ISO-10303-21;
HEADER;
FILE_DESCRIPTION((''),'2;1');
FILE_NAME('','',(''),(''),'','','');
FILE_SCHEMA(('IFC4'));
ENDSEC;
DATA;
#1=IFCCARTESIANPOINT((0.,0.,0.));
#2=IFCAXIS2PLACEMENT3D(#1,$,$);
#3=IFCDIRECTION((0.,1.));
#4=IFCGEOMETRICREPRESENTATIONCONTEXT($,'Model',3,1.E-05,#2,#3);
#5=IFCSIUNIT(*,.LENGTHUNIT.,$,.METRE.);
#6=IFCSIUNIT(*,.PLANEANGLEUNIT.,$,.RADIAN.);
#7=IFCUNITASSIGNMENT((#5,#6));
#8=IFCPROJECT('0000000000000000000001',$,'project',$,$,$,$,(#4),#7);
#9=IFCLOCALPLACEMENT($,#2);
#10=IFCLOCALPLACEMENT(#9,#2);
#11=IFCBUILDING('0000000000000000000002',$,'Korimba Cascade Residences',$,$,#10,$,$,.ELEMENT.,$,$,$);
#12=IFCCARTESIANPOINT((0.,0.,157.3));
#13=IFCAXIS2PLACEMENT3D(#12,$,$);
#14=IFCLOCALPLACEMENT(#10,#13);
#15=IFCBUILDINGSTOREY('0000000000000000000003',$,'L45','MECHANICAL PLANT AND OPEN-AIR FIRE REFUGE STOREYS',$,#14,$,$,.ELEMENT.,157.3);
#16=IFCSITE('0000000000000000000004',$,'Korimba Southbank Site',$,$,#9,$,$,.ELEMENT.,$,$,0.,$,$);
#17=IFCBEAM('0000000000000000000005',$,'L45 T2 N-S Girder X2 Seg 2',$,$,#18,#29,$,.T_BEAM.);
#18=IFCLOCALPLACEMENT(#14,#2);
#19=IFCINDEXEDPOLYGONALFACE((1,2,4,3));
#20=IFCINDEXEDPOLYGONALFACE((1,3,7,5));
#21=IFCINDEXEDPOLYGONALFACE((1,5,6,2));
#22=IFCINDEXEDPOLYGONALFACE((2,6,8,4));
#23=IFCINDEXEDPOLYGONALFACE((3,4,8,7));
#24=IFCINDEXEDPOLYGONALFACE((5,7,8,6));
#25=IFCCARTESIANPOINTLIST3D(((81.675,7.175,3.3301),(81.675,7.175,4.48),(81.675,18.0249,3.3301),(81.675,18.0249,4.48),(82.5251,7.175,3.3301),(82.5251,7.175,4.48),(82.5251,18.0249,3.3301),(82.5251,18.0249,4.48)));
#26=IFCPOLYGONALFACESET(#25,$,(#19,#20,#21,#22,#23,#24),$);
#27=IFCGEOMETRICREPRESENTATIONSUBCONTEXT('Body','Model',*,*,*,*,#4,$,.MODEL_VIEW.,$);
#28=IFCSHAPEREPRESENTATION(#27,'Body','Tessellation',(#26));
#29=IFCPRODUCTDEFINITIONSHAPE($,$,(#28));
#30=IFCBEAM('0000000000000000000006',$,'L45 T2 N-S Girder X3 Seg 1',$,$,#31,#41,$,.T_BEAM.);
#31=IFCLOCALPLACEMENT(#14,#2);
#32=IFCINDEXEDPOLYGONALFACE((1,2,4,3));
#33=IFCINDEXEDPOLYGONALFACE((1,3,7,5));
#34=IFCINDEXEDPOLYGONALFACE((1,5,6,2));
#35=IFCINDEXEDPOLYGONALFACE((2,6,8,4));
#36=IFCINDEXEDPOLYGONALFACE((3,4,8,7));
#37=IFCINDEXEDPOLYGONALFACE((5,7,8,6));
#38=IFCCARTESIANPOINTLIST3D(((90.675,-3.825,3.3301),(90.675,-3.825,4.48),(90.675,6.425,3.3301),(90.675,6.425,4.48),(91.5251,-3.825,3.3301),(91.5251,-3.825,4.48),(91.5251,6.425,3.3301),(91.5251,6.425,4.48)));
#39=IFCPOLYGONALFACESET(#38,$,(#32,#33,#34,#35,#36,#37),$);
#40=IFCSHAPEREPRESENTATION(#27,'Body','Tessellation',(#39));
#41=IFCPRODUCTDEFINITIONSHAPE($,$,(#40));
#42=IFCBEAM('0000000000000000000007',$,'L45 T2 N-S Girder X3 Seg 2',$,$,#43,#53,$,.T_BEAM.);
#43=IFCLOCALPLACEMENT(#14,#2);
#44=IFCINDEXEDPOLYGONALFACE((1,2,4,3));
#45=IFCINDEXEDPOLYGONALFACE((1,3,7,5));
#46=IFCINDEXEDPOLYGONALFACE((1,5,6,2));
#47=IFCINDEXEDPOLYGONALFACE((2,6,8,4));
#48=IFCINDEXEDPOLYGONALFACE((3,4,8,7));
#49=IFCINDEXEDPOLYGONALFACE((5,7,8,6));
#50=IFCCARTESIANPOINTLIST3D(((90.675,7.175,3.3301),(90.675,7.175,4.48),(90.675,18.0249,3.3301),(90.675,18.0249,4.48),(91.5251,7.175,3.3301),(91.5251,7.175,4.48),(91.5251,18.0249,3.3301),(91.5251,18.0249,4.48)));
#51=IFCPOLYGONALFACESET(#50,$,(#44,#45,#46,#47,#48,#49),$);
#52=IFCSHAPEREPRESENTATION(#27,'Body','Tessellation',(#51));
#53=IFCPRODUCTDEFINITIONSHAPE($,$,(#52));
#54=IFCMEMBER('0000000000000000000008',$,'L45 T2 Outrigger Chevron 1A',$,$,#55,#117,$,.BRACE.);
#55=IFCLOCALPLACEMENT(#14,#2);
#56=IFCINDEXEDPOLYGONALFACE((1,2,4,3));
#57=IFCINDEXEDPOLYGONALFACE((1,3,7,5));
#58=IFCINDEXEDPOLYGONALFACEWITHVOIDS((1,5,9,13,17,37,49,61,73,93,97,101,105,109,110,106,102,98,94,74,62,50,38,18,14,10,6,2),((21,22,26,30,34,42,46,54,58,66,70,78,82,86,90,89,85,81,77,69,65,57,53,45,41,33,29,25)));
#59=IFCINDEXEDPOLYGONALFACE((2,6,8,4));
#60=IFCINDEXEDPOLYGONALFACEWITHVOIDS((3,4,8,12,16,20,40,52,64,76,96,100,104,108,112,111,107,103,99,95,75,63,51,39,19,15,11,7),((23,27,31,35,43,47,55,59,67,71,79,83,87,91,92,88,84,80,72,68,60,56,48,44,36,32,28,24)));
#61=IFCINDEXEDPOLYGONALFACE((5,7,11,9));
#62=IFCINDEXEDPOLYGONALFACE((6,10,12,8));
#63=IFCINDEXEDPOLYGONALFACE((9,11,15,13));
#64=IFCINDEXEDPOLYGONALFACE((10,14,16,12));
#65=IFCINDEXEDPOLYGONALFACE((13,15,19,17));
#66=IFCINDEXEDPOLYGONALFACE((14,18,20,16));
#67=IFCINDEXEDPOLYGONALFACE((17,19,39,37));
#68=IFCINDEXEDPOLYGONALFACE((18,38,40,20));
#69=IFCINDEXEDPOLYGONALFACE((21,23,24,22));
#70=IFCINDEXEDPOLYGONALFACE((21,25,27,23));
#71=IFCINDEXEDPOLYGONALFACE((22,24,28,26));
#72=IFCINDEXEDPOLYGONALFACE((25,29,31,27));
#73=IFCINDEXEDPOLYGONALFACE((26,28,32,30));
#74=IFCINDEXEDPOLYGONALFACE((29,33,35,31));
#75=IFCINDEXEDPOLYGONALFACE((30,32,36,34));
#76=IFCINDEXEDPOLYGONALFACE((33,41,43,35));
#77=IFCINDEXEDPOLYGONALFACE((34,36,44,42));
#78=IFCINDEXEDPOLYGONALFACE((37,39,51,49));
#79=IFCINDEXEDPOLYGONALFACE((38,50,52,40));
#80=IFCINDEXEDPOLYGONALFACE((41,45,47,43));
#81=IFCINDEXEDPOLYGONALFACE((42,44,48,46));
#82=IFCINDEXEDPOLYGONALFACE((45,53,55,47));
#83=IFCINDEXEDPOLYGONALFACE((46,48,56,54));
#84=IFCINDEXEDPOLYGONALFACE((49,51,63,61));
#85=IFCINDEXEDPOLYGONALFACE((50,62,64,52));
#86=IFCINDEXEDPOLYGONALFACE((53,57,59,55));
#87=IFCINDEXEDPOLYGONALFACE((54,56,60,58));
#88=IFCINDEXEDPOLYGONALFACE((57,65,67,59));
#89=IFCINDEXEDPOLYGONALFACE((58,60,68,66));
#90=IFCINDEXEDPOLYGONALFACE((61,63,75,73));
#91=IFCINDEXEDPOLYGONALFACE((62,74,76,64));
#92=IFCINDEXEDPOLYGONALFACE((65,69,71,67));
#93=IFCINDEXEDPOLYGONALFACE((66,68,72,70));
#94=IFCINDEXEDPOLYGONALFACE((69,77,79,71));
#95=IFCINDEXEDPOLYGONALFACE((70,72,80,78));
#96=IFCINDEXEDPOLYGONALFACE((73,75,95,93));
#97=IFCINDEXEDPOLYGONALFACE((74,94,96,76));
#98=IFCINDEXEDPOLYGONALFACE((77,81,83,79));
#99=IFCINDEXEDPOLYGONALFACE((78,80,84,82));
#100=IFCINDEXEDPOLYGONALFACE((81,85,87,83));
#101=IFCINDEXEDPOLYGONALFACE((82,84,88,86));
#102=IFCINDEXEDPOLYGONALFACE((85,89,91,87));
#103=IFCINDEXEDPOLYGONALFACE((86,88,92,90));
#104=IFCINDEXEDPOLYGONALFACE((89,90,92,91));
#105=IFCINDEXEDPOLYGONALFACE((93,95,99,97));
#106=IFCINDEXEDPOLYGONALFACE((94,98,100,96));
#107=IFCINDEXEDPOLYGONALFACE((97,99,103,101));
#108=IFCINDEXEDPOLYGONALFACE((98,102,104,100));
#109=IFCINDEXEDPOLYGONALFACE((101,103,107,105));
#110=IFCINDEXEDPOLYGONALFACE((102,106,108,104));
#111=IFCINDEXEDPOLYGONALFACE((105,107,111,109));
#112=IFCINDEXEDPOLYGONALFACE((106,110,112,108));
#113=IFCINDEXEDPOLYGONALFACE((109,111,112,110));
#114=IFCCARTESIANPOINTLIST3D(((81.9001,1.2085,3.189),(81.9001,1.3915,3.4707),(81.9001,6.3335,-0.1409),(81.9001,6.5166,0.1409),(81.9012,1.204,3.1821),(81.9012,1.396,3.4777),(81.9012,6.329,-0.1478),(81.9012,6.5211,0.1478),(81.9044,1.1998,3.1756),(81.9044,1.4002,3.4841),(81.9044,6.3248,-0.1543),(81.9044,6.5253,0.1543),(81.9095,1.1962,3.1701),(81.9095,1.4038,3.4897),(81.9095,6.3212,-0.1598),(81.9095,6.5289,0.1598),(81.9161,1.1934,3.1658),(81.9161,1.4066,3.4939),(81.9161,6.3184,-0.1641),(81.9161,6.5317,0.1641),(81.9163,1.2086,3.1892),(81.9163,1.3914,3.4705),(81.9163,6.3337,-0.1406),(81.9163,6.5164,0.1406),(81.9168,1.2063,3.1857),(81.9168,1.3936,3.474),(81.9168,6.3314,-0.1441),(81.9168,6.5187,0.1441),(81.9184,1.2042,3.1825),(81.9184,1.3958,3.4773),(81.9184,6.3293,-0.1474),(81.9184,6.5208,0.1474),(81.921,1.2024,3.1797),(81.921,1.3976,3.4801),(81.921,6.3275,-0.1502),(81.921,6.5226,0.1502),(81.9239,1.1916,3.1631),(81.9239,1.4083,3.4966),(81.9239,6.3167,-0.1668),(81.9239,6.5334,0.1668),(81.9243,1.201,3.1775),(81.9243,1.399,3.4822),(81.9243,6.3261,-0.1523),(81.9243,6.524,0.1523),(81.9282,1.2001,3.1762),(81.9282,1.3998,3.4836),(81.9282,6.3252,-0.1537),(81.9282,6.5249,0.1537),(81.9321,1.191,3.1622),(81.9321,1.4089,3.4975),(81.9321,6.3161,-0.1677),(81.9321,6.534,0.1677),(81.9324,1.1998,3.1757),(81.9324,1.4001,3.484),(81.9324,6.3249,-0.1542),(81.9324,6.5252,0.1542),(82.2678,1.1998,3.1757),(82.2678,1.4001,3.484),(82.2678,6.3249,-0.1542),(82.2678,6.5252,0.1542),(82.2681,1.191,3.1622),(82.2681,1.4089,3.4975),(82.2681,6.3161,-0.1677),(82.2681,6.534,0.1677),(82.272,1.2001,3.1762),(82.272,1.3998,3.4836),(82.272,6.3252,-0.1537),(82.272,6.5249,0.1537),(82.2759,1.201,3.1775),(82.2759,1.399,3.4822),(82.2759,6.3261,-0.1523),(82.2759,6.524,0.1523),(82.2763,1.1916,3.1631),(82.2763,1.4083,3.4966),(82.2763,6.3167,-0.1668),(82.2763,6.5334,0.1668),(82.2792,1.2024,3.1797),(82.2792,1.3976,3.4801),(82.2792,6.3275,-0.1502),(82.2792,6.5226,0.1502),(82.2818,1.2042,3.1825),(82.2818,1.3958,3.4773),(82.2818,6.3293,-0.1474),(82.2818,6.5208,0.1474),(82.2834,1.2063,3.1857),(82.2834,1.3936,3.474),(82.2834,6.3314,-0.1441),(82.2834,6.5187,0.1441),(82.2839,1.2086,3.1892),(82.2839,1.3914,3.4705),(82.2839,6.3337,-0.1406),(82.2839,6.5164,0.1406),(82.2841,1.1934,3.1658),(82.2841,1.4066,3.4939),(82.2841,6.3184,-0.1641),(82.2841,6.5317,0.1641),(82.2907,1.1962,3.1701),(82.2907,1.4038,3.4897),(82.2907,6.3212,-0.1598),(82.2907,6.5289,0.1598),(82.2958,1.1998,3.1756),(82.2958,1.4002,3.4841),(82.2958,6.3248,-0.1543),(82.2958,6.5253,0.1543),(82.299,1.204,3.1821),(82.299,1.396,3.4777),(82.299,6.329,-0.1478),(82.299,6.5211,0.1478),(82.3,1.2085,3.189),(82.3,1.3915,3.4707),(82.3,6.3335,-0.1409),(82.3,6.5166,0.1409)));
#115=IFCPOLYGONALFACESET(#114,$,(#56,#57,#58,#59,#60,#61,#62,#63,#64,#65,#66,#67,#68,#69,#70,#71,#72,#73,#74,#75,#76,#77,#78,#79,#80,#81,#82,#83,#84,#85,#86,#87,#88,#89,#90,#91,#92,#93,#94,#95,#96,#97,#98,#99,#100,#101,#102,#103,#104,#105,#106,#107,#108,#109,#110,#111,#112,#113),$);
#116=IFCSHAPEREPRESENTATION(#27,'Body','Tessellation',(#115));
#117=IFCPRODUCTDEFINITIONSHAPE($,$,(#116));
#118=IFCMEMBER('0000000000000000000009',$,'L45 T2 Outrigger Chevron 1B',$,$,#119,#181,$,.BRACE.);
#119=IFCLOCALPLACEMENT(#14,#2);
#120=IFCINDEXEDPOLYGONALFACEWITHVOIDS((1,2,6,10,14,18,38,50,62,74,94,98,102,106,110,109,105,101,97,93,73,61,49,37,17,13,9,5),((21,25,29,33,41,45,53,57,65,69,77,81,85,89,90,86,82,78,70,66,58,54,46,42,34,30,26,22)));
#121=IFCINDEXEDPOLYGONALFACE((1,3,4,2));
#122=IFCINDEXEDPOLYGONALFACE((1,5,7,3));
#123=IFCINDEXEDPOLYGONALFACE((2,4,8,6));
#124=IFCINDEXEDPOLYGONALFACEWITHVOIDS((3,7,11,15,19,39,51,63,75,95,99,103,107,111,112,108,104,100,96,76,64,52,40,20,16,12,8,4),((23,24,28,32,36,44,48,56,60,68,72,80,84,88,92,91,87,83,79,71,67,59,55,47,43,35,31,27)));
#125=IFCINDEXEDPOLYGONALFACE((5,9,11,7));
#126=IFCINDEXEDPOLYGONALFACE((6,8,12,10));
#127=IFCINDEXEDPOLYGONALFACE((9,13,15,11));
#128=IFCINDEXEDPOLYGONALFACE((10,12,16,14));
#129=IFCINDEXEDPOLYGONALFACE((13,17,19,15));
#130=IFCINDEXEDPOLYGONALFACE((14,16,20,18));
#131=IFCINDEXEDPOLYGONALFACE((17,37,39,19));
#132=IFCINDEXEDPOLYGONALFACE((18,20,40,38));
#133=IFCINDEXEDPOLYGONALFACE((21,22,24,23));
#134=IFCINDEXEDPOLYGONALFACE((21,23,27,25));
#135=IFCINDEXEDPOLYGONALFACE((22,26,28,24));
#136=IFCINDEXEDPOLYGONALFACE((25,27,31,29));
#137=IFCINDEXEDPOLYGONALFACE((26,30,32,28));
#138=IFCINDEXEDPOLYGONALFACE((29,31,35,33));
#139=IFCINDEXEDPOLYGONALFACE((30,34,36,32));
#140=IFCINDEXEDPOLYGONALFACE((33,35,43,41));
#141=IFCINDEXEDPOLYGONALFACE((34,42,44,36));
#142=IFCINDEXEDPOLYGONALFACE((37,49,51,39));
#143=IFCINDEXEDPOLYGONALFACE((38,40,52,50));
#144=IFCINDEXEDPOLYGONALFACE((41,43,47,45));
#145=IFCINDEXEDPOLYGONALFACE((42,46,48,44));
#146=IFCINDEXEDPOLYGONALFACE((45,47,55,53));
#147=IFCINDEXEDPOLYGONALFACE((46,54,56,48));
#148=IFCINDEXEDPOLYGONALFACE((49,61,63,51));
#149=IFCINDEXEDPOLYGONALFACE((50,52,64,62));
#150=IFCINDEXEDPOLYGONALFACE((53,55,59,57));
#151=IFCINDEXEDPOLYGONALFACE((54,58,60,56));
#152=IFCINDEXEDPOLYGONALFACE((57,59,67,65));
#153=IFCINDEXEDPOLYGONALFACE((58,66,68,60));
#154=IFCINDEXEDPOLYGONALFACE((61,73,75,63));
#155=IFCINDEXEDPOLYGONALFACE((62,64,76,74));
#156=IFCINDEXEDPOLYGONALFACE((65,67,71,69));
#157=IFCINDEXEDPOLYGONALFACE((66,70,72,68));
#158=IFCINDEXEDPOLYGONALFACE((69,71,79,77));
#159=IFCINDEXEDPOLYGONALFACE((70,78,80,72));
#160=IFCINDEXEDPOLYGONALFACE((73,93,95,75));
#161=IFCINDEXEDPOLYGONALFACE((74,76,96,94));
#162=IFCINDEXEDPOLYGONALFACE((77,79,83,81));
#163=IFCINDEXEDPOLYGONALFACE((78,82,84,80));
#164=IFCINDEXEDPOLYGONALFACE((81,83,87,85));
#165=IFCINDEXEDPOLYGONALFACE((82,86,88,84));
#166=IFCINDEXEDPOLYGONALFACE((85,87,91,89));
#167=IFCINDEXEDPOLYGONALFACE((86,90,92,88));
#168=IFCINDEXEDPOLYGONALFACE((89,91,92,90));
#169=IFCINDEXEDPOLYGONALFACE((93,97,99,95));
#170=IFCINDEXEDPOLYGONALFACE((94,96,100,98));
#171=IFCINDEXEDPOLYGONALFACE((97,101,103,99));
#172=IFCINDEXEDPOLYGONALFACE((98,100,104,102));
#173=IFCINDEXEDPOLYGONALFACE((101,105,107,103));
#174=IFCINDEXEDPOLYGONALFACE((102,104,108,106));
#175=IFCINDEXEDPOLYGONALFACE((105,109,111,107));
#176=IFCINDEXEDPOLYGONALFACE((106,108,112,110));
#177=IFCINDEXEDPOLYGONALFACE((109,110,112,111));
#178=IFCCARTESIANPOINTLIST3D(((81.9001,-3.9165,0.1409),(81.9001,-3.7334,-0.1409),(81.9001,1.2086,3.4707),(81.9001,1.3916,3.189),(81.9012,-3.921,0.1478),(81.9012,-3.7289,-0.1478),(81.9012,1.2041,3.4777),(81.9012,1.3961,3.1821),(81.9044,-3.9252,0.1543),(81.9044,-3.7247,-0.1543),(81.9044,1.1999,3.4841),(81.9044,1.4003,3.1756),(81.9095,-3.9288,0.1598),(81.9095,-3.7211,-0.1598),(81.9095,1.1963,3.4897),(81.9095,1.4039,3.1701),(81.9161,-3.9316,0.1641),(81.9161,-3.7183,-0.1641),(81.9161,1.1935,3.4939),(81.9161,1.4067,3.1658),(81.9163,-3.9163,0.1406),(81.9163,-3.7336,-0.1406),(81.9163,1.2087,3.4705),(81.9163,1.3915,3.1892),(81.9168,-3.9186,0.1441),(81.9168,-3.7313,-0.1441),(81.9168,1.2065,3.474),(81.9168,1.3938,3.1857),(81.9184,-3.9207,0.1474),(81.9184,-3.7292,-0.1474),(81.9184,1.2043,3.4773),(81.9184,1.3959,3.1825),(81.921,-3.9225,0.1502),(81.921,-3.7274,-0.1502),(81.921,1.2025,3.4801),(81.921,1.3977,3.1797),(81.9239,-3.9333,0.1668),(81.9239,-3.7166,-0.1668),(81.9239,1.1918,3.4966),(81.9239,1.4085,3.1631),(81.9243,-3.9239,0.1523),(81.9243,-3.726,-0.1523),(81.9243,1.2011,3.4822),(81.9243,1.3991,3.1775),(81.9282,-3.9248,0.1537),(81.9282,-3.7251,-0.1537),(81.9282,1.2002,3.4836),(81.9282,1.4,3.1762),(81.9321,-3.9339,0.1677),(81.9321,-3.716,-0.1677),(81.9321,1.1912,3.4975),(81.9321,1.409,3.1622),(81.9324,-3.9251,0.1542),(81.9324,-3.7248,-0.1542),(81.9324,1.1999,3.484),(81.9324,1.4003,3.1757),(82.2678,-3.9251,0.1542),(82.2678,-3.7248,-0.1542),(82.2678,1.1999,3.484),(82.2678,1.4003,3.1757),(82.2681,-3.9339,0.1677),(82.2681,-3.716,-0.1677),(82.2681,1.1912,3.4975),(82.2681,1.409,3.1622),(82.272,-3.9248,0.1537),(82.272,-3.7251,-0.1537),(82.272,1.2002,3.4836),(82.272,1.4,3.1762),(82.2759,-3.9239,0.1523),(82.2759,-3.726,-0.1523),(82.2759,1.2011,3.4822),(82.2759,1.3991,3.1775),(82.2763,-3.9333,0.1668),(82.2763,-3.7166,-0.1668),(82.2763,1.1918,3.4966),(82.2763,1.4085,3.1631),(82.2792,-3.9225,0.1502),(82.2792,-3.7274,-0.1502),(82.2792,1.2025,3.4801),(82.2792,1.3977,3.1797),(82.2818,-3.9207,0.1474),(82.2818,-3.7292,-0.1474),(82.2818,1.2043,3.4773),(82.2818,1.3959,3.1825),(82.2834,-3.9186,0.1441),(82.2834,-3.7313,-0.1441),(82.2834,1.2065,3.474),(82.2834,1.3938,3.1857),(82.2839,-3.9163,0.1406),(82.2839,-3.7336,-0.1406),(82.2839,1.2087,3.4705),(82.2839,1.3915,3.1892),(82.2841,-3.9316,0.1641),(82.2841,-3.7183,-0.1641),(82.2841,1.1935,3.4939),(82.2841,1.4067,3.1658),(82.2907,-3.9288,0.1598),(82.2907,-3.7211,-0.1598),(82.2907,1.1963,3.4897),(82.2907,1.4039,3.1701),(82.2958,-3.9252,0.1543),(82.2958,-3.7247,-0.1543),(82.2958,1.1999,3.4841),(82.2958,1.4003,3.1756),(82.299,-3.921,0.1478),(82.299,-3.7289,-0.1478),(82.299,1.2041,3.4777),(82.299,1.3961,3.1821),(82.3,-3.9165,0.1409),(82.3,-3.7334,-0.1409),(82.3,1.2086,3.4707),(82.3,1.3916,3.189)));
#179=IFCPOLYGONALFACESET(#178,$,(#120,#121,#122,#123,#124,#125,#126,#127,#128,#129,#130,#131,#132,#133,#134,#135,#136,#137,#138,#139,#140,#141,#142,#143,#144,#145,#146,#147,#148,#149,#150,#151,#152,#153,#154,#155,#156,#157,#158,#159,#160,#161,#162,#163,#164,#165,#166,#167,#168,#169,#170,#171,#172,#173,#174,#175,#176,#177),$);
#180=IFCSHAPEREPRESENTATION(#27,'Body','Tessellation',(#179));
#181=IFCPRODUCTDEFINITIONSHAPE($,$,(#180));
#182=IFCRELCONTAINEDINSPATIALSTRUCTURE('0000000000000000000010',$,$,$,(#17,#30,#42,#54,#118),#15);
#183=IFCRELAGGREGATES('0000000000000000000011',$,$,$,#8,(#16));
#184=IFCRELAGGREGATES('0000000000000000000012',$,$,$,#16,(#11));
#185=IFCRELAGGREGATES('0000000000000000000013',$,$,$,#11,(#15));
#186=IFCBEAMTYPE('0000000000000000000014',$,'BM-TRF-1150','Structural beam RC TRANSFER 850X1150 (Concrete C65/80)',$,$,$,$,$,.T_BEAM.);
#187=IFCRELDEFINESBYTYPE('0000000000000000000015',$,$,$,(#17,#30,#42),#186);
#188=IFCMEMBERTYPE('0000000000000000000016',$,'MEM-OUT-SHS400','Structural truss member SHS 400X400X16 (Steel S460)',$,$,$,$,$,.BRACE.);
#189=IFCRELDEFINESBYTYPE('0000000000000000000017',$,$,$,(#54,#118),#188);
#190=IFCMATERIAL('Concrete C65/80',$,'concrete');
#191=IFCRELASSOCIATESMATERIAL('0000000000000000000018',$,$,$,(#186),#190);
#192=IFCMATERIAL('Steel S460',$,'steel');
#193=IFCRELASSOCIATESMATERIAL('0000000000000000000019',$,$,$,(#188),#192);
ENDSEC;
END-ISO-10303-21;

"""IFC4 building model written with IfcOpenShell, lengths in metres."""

from ifc_helpers import new_model, si_unit, direction, frame, origin, origin_2d, place, context, subcontext, project, spatial, rectangle, hollow_rectangle, extrude, material, material_profile, profile_set, type_object, element, save


model = new_model("IFC4")

# Units and contexts
model_context = context("Model", 3, precision=1e-05, world=origin(), true_north=direction((0.0, 1.0)))
body_context = subcontext(model_context, "Body", "Model", "MODEL_VIEW")
ifc_project = project(units=[si_unit("LENGTHUNIT", "METRE"), si_unit("PLANEANGLEUNIT", "RADIAN")], contexts=[model_context])

# Site, building, storey
site_placement = place(None, origin())
site = spatial("IfcSite", under=ifc_project, at=site_placement, Name="Korimba Southbank Site", CompositionType="ELEMENT", RefElevation=0.0)
building_placement = place(site_placement, origin())
building = spatial("IfcBuilding", under=site, at=building_placement, Name="Korimba Cascade Residences", CompositionType="ELEMENT")
storey_placement = place(building_placement, frame((0.0, 0.0, 157.3)))
storey = spatial("IfcBuildingStorey", under=building, at=storey_placement, Name="L45", Description="MECHANICAL PLANT AND OPEN-AIR FIRE REFUGE STOREYS", CompositionType="ELEMENT", Elevation=157.3)

# Shared definitions
ifc_material_1 = material(Name="Concrete C65/80", Category="concrete")

# Beams
ifc_material_profile_1 = material_profile(ifc_material_1, rectangle(XDim=0.8501, YDim=1.1499, at=origin_2d()), Name="Concrete C65/80")
ifc_profile_set_1 = profile_set([ifc_material_profile_1], Name="Concrete C65/80")
beam_type_1 = type_object("IfcBeamType", Name="BM-TRF-1150", Description="Structural beam RC TRANSFER 850X1150 (Concrete C65/80)", PredefinedType="T_BEAM", material=ifc_profile_set_1)
beam_1_placement = place(storey_placement, frame((82.1001, 7.175, 3.905), z_axis=(0.0, 1.0, 0.0), x_axis=(-1.0, 0.0, 0.0)))
element("IfcBeam", 1, at=beam_1_placement, inside=storey, type_object=beam_type_1, Name="L45 T2 N-S Girder X2 Seg 2", PredefinedType="T_BEAM", context=body_context, shape_type="SweptSolid", body=[
    extrude(rectangle(XDim=0.8501, YDim=1.1499, at=origin_2d()), origin(), (0.0, 0.0, 1.0), 10.8499),
])
beam_2_placement = place(storey_placement, frame((91.1001, -3.825, 3.905), z_axis=(0.0, 1.0, 0.0), x_axis=(-1.0, 0.0, 0.0)))
element("IfcBeam", 2, at=beam_2_placement, inside=storey, type_object=beam_type_1, Name="L45 T2 N-S Girder X3 Seg 1", PredefinedType="T_BEAM", context=body_context, shape_type="SweptSolid", body=[
    extrude(rectangle(XDim=0.8501, YDim=1.1499, at=origin_2d()), origin(), (0.0, 0.0, 1.0), 10.25),
])
beam_3_placement = place(storey_placement, frame((91.1001, 7.175, 3.905), z_axis=(0.0, 1.0, 0.0), x_axis=(-1.0, 0.0, 0.0)))
element("IfcBeam", 3, at=beam_3_placement, inside=storey, type_object=beam_type_1, Name="L45 T2 N-S Girder X3 Seg 2", PredefinedType="T_BEAM", context=body_context, shape_type="SweptSolid", body=[
    extrude(rectangle(XDim=0.8501, YDim=1.1499, at=origin_2d()), origin(), (0.0, 0.0, 1.0), 10.8499),
])

# Members
ifc_material_2 = material(Name="Steel S460", Category="steel")
ifc_material_profile_2 = material_profile(ifc_material_2, hollow_rectangle(XDim=0.3999, YDim=0.3999, WallThickness=0.0161, InnerFilletRadius=0.0161, OuterFilletRadius=0.032, at=origin_2d()), Name="Steel S460")
ifc_profile_set_2 = profile_set([ifc_material_profile_2], Name="Steel S460")
member_type = type_object("IfcMemberType", Name="MEM-OUT-SHS400", Description="Structural truss member SHS 400X400X16 (Steel S460)", PredefinedType="BRACE", material=ifc_profile_set_2)
for number, where, z_axis, x_axis, name in (
    (4, (82.1001, 6.425, 0.0), (0.0, -0.838549, 0.544825), (1.0, 0.0, 0.0), "L45 T2 Outrigger Chevron 1A"),
    (5, (82.1001, -3.825, 0.0), (0.0, 0.838549, 0.544825), (-1.0, 0.0, 0.0), "L45 T2 Outrigger Chevron 1B"),
):
    element("IfcMember", number, at=place(storey_placement, frame(where, z_axis=z_axis, x_axis=x_axis)), inside=storey, type_object=member_type, Name=name, PredefinedType="BRACE", context=body_context, shape_type="SweptSolid", body=[
        extrude(hollow_rectangle(XDim=0.3999, YDim=0.3999, WallThickness=0.0161, InnerFilletRadius=0.0161, OuterFilletRadius=0.032, at=origin_2d()), origin(), (0.0, 0.0, 1.0), 6.1118),
    ])

save(model, "model.ifc")
